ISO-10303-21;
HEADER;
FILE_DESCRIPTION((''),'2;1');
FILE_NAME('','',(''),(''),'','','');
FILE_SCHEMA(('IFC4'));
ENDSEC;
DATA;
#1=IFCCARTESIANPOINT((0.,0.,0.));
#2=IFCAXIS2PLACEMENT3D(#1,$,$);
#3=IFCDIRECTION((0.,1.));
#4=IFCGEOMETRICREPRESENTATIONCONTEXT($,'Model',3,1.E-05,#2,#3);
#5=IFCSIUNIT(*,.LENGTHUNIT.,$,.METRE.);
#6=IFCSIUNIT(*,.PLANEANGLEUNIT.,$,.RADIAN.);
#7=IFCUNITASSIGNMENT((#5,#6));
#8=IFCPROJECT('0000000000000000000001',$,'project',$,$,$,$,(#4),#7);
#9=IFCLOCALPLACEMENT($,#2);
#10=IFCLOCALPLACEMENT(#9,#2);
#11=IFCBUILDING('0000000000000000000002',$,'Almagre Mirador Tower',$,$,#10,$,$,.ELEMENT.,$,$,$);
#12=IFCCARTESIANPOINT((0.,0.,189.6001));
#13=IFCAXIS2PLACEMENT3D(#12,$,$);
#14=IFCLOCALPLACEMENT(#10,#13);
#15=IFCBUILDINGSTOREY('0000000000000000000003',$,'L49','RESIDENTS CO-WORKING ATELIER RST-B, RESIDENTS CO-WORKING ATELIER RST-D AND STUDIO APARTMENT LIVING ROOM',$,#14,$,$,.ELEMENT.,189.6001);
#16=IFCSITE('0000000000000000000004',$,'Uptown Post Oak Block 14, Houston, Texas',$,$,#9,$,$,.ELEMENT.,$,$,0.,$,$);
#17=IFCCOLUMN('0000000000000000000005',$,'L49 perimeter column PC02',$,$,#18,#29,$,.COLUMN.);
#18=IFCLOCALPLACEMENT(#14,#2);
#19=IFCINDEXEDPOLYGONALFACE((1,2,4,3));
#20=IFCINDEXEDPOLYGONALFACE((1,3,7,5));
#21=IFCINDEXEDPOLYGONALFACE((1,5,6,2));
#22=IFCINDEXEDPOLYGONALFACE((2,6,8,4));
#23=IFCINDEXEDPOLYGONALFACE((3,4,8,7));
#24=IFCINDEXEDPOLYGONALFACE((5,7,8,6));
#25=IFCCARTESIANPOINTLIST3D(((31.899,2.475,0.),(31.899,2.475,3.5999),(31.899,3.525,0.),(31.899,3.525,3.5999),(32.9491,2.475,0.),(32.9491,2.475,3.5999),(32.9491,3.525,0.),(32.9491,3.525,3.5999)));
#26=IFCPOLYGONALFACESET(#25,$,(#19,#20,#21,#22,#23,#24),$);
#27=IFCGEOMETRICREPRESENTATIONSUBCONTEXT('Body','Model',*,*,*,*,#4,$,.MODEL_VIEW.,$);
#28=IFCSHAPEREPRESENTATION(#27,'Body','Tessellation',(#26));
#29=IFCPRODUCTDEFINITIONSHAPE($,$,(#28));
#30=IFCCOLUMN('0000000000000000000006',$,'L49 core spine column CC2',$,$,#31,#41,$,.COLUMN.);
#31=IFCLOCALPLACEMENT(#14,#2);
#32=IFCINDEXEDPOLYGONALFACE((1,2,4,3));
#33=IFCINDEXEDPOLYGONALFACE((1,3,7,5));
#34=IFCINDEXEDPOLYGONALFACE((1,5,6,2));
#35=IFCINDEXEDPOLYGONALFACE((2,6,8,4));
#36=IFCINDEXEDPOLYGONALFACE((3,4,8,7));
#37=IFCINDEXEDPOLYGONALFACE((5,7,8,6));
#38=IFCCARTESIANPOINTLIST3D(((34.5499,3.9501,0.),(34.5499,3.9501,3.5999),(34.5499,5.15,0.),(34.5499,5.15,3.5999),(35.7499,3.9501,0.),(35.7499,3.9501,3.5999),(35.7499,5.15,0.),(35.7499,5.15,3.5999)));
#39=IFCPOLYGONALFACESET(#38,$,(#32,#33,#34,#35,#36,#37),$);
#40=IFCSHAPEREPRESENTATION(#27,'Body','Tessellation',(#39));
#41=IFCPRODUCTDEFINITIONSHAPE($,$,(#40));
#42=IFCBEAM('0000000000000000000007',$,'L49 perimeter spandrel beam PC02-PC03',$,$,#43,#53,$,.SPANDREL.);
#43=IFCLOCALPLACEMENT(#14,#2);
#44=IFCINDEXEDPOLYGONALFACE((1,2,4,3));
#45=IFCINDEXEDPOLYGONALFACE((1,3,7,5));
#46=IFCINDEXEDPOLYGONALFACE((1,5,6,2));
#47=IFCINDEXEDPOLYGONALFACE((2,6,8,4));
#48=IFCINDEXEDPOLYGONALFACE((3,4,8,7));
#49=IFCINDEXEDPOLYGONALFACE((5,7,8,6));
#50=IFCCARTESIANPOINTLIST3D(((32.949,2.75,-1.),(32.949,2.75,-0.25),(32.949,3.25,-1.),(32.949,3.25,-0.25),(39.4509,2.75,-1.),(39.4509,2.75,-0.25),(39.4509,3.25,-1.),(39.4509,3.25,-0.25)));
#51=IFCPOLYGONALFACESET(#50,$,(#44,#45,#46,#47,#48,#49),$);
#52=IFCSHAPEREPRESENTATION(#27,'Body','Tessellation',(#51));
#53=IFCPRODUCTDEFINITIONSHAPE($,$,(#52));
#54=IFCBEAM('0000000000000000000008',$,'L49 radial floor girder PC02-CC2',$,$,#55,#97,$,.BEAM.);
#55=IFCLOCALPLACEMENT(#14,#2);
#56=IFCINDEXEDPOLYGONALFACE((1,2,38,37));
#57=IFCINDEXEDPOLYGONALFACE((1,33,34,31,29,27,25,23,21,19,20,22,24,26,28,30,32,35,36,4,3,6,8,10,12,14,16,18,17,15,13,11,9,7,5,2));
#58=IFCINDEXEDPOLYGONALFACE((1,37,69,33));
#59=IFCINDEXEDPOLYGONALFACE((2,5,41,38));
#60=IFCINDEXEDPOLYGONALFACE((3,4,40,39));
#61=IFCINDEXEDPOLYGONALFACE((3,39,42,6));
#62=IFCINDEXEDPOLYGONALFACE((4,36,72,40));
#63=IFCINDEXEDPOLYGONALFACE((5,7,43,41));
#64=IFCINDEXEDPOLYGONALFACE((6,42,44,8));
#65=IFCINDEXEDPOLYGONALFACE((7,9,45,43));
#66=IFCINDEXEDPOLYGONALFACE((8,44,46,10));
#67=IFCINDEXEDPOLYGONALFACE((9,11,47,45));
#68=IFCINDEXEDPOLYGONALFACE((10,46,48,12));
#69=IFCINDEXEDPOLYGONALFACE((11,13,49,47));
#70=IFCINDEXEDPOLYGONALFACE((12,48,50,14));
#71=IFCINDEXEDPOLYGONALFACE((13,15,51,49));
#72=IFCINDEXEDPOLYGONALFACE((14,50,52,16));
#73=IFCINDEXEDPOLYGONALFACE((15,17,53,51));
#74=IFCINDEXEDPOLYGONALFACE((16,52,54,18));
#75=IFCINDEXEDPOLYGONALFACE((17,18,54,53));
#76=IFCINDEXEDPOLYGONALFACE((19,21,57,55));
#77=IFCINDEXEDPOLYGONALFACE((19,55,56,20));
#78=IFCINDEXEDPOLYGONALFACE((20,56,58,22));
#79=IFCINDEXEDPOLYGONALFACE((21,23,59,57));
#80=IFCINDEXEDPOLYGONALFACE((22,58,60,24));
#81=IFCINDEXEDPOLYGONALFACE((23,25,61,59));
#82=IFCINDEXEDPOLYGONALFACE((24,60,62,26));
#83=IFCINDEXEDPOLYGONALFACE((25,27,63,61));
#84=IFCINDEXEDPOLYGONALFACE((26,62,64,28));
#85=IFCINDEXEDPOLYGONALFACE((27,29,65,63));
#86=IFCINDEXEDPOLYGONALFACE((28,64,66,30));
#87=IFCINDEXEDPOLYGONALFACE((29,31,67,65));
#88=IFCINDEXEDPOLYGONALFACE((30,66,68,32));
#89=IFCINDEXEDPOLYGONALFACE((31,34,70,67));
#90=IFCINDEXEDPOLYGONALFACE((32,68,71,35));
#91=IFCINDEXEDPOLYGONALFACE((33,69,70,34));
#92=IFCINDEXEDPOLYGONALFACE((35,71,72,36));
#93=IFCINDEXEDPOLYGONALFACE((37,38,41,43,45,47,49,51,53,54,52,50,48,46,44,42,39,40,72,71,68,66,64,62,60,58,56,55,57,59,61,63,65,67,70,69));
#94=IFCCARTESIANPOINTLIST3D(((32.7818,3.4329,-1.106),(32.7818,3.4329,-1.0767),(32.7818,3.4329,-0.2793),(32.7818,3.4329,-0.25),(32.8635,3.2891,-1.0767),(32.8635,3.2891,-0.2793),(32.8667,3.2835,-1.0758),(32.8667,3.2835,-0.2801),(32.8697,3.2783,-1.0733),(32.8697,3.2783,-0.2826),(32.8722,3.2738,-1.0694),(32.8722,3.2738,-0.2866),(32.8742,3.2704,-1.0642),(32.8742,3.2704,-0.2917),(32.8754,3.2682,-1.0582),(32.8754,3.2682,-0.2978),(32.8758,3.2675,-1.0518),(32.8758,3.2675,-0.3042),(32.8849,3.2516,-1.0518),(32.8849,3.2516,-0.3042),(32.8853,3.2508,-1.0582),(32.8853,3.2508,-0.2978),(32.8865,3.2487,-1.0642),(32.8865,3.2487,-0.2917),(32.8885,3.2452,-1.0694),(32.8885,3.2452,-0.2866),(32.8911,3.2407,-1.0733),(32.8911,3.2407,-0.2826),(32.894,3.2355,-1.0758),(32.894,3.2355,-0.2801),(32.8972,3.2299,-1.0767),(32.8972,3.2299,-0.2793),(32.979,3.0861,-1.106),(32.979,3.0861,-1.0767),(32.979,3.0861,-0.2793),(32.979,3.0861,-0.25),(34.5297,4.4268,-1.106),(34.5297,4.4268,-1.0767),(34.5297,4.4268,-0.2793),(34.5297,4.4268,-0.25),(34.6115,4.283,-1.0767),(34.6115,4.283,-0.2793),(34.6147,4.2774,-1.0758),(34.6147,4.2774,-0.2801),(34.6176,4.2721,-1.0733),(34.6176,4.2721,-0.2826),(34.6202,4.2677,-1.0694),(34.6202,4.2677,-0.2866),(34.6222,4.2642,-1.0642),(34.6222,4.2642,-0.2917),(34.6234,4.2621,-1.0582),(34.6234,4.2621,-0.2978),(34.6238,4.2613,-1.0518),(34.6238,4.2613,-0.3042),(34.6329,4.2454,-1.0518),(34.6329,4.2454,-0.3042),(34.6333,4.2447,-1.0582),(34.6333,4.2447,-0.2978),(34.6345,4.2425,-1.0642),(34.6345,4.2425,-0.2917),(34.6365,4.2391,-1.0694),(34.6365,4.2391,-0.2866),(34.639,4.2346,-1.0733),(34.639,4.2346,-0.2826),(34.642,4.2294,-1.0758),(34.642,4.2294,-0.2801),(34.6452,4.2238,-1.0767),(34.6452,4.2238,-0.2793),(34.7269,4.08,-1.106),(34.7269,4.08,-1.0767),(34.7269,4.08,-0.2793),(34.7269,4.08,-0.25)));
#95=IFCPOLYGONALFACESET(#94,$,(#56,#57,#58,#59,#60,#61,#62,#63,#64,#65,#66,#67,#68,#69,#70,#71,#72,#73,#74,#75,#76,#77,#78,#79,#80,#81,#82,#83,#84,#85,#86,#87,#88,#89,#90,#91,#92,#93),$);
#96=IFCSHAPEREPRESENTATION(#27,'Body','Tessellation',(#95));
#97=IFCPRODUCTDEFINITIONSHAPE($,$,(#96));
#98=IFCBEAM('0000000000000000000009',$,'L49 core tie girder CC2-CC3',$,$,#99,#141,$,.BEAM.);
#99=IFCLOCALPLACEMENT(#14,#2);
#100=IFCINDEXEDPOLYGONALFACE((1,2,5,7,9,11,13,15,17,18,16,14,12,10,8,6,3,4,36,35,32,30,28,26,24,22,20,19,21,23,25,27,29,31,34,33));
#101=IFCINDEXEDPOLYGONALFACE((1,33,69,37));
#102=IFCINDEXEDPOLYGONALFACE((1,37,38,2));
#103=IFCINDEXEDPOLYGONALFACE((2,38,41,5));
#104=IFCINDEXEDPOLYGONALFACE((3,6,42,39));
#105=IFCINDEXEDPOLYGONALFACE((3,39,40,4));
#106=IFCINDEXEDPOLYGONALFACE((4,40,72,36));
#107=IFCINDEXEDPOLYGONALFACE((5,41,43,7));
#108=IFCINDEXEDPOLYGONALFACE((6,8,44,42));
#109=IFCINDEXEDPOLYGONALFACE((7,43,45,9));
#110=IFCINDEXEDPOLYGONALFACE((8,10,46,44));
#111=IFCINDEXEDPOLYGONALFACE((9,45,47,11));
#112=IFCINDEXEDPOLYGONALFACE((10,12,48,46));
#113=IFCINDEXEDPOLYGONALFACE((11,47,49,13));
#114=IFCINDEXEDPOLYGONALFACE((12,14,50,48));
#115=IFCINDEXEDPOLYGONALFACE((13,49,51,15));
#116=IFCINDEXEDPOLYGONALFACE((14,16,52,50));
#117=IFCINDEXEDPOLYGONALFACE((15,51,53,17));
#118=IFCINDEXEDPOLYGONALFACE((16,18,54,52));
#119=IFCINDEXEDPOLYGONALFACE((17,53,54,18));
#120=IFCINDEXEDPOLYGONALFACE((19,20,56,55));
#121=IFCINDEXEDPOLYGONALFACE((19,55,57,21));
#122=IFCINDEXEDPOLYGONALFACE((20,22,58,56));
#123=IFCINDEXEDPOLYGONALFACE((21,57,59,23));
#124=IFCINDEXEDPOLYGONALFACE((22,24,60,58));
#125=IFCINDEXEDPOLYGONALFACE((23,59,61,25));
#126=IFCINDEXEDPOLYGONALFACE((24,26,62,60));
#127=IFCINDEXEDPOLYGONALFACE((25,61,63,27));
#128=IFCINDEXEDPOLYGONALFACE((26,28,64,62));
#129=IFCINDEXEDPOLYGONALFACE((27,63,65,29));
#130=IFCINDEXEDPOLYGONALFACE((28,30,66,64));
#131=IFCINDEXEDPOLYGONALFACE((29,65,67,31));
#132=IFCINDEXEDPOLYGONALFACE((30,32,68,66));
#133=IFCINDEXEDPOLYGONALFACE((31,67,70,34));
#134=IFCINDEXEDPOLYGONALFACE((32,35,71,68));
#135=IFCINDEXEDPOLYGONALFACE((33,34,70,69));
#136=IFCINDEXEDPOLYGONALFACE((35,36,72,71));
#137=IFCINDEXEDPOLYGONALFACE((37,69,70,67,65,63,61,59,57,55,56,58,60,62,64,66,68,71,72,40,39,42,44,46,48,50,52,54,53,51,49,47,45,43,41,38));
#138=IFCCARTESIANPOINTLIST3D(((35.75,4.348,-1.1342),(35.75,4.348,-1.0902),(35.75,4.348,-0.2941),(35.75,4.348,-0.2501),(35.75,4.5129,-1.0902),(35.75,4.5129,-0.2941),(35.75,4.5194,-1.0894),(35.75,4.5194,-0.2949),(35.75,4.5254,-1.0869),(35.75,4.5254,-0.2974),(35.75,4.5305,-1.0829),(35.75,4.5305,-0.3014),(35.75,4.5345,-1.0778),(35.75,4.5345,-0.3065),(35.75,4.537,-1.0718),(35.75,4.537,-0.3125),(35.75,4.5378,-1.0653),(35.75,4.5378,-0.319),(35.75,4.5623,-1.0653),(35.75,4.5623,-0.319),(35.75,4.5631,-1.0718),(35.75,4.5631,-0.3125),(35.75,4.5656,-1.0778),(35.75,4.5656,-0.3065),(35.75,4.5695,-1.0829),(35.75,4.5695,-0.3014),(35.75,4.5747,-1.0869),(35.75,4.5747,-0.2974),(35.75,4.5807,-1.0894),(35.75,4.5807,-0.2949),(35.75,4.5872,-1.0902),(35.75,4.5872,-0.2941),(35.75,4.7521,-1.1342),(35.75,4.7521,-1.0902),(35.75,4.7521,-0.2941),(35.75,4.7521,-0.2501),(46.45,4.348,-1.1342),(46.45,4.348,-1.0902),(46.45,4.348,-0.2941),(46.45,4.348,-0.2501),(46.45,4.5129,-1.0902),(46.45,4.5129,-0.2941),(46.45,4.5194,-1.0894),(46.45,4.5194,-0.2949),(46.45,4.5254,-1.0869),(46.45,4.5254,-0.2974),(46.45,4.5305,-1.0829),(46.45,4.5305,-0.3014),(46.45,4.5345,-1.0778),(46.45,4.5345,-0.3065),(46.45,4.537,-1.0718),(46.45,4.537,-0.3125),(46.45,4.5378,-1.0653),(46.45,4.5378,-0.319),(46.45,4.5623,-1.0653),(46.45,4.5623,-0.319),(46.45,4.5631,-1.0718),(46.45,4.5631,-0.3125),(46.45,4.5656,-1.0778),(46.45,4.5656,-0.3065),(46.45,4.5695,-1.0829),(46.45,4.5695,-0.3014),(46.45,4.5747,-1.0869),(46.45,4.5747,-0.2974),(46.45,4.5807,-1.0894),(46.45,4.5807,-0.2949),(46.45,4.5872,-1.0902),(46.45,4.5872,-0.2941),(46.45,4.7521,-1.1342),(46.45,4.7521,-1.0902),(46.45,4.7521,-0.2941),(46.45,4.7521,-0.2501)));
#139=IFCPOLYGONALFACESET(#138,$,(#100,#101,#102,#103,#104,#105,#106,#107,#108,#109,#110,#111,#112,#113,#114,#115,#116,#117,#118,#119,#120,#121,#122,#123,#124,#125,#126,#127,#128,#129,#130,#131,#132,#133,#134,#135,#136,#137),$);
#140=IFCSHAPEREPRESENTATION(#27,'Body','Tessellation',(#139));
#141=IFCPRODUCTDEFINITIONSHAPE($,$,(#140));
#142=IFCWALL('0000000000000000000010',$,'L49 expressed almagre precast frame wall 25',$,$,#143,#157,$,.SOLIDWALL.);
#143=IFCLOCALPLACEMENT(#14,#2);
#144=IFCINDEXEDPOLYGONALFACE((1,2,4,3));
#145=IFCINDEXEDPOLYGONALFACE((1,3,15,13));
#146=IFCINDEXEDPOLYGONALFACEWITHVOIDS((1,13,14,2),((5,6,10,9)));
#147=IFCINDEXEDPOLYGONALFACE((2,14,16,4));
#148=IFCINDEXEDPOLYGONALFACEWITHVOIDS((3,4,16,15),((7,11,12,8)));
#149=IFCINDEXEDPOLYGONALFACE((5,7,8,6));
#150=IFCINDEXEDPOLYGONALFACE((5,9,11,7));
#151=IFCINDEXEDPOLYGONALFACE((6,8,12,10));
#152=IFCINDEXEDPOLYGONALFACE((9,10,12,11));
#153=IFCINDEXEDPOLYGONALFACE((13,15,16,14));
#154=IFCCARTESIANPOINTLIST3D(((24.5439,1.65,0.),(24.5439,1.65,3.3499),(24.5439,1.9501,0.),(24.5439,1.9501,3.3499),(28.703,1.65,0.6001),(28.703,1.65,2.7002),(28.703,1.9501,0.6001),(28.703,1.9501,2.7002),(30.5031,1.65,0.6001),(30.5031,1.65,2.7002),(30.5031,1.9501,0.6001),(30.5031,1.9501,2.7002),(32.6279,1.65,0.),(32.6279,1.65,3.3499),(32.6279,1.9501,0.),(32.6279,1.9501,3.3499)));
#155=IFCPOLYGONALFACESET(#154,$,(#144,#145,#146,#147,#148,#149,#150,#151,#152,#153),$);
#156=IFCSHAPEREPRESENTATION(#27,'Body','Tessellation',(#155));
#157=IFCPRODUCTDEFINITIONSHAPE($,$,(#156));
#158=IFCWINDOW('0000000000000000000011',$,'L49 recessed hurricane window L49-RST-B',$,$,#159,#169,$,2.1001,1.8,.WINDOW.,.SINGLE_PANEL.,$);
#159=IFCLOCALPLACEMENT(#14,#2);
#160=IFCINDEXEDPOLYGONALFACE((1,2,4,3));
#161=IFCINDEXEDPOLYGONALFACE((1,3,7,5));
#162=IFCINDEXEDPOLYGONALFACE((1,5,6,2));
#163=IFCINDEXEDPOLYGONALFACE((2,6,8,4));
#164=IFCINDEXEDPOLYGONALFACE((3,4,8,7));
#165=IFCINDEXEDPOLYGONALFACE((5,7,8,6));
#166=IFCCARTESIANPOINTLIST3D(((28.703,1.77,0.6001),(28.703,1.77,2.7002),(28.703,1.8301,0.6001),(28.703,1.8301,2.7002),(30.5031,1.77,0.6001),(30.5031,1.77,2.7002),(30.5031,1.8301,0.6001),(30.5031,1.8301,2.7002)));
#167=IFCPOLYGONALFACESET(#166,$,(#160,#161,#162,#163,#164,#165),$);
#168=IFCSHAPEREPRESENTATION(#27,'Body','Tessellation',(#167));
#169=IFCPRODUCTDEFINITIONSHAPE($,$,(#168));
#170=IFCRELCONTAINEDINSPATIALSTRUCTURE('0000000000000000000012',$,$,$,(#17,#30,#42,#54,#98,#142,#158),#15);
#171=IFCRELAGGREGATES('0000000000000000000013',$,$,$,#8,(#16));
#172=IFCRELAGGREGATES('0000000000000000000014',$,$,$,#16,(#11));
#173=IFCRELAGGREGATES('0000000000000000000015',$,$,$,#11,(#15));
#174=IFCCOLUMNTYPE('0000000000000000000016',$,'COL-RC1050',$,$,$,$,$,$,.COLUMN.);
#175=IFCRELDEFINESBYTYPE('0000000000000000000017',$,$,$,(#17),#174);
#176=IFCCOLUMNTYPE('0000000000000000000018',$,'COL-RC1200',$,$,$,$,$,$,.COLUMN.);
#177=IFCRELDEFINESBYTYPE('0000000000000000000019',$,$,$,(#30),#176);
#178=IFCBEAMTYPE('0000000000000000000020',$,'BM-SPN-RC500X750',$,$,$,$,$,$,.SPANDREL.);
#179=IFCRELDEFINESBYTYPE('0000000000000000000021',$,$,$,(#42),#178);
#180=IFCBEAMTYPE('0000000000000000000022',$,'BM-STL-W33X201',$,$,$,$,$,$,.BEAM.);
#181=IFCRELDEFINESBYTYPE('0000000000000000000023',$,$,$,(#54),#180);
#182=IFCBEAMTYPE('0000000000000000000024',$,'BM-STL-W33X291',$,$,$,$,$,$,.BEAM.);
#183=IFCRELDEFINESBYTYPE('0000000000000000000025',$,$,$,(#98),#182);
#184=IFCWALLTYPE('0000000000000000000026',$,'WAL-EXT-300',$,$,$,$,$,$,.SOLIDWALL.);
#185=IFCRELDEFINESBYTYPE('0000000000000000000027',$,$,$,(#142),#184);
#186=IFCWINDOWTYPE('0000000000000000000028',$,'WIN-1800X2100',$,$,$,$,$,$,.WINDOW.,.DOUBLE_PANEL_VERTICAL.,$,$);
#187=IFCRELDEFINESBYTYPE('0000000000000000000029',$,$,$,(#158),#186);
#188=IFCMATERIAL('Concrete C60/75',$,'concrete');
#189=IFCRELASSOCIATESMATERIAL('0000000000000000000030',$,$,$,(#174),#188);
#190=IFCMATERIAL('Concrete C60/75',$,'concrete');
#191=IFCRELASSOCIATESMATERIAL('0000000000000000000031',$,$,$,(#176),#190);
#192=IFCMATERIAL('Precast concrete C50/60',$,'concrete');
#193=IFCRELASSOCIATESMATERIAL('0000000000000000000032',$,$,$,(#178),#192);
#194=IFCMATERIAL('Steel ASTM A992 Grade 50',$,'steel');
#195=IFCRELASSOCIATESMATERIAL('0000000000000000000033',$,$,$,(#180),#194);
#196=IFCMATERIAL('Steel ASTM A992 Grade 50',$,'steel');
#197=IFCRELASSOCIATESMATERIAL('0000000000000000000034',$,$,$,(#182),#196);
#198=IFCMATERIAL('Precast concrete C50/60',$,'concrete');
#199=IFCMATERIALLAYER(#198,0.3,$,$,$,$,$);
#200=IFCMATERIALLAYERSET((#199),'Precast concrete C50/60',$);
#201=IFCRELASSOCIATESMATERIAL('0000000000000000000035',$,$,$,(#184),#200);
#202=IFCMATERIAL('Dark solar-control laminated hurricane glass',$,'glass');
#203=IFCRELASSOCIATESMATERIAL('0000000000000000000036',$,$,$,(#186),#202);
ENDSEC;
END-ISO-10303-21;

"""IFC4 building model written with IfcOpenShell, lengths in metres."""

from ifc_helpers import new_model, si_unit, direction, frame, frame_2d, origin, origin_2d, place, context, subcontext, project, spatial, rectangle, i_section, extrude, material, layer, layer_set, material_profile, profile_set, type_object, element, fill, save


model = new_model("IFC4")

# Units and contexts
model_context = context("Model", 3, precision=1e-05, world=origin(), true_north=direction((0.0, 1.0)))
body_context = subcontext(model_context, "Body", "Model", "MODEL_VIEW")
ifc_project = project(units=[si_unit("LENGTHUNIT", "METRE"), si_unit("PLANEANGLEUNIT", "RADIAN")], contexts=[model_context])

# Site, building, storey
site_placement = place(None, origin())
site = spatial("IfcSite", under=ifc_project, at=site_placement, Name="Uptown Post Oak Block 14, Houston, Texas", CompositionType="ELEMENT", RefElevation=0.0)
building_placement = place(site_placement, origin())
building = spatial("IfcBuilding", under=site, at=building_placement, Name="Almagre Mirador Tower", CompositionType="ELEMENT")
storey_placement = place(building_placement, frame((0.0, 0.0, 189.6001)))
storey = spatial("IfcBuildingStorey", under=building, at=storey_placement, Name="L49", Description="RESIDENTS CO-WORKING ATELIER RST-B, RESIDENTS CO-WORKING ATELIER RST-D AND STUDIO APARTMENT LIVING ROOM", CompositionType="ELEMENT", Elevation=189.6001)

# Columns
ifc_material_1 = material(Name="Concrete C60/75", Category="concrete")
ifc_material_profile_1 = material_profile(ifc_material_1, rectangle(XDim=1.05, YDim=1.05, at=origin_2d()), Name="RC1050X1050")
ifc_profile_set_1 = profile_set([ifc_material_profile_1], Name="Concrete C60/75")
column_type_1 = type_object("IfcColumnType", Name="COL-RC1050", PredefinedType="COLUMN", material=ifc_profile_set_1)
column_1_placement = place(storey_placement, frame((32.4241, 3.0, 0.0), z_axis=(0.0, 0.0, 1.0), x_axis=(1.0, 0.0, 0.0)))
element("IfcColumn", 1, at=column_1_placement, inside=storey, type_object=column_type_1, Name="L49 perimeter column PC02", PredefinedType="COLUMN", context=body_context, shape_type="SweptSolid", body=[
    extrude(rectangle(XDim=1.05, YDim=1.05, at=origin_2d()), origin(), (0.0, 0.0, 1.0), 3.5999),
])
ifc_material_2 = material(Name="Concrete C60/75", Category="concrete")
ifc_material_profile_2 = material_profile(ifc_material_2, rectangle(XDim=1.2, YDim=1.2, at=origin_2d()), Name="RC1200X1200")
ifc_profile_set_2 = profile_set([ifc_material_profile_2], Name="Concrete C60/75")
column_type_2 = type_object("IfcColumnType", Name="COL-RC1200", PredefinedType="COLUMN", material=ifc_profile_set_2)
column_2_placement = place(storey_placement, frame((35.1499, 4.55, 0.0), z_axis=(0.0, 0.0, 1.0), x_axis=(1.0, 0.0, 0.0)))
element("IfcColumn", 2, at=column_2_placement, inside=storey, type_object=column_type_2, Name="L49 core spine column CC2", PredefinedType="COLUMN", context=body_context, shape_type="SweptSolid", body=[
    extrude(rectangle(XDim=1.2, YDim=1.2, at=origin_2d()), origin(), (0.0, 0.0, 1.0), 3.5999),
])

# Beams
ifc_material_3 = material(Name="Precast concrete C50/60", Category="concrete")
ifc_material_profile_3 = material_profile(ifc_material_3, rectangle(XDim=0.5, YDim=0.75, at=origin_2d()), Name="RC500X750")
ifc_profile_set_3 = profile_set([ifc_material_profile_3], Name="Precast concrete C50/60")
beam_type_1 = type_object("IfcBeamType", Name="BM-SPN-RC500X750", PredefinedType="SPANDREL", material=ifc_profile_set_3)
beam_1_placement = place(storey_placement, frame((32.949, 3.0, -0.625), z_axis=(1.0, 0.0, 0.0), x_axis=(0.0, 1.0, 0.0)))
element("IfcBeam", 3, at=beam_1_placement, inside=storey, type_object=beam_type_1, Name="L49 perimeter spandrel beam PC02-PC03", PredefinedType="SPANDREL", context=body_context, shape_type="SweptSolid", body=[
    extrude(rectangle(XDim=0.5, YDim=0.75, at=origin_2d()), origin(), (0.0, 0.0, 1.0), 6.502),
])
ifc_material_4 = material(Name="Steel ASTM A992 Grade 50", Category="steel")
ifc_material_profile_4 = material_profile(ifc_material_4, i_section(OverallWidth=0.3989, OverallDepth=0.856, WebThickness=0.0183, FlangeThickness=0.0293, FilletRadius=0.0249, at=origin_2d()), Name="W33X201")
ifc_profile_set_4 = profile_set([ifc_material_profile_4], Name="Steel ASTM A992 Grade 50")
beam_type_2 = type_object("IfcBeamType", Name="BM-STL-W33X201", PredefinedType="BEAM", material=ifc_profile_set_4)
beam_2_placement = place(storey_placement, frame((32.8804, 3.2595, -0.678), z_axis=(0.86931, 0.494268, 0.0), x_axis=(-0.494268, 0.86931, 0.0)))
element("IfcBeam", 4, at=beam_2_placement, inside=storey, type_object=beam_type_2, Name="L49 radial floor girder PC02-CC2", PredefinedType="BEAM", context=body_context, shape_type="SweptSolid", body=[
    extrude(i_section(OverallWidth=0.3989, OverallDepth=0.856, WebThickness=0.0183, FlangeThickness=0.0293, FilletRadius=0.0249, at=origin_2d()), origin(), (0.0, 0.0, 1.0), 2.0107),
])
ifc_material_5 = material(Name="Steel ASTM A992 Grade 50", Category="steel")
ifc_material_profile_5 = material_profile(ifc_material_5, i_section(OverallWidth=0.4041, OverallDepth=0.884, WebThickness=0.0244, FlangeThickness=0.0439, FilletRadius=0.0249, at=origin_2d()), Name="W33X291")
ifc_profile_set_5 = profile_set([ifc_material_profile_5], Name="Steel ASTM A992 Grade 50")
beam_type_3 = type_object("IfcBeamType", Name="BM-STL-W33X291", PredefinedType="BEAM", material=ifc_profile_set_5)
beam_3_placement = place(storey_placement, frame((35.75, 4.55, -0.6921), z_axis=(1.0, 0.0, 0.0), x_axis=(0.0, 1.0, 0.0)))
element("IfcBeam", 5, at=beam_3_placement, inside=storey, type_object=beam_type_3, Name="L49 core tie girder CC2-CC3", PredefinedType="BEAM", context=body_context, shape_type="SweptSolid", body=[
    extrude(i_section(OverallWidth=0.4041, OverallDepth=0.884, WebThickness=0.0244, FlangeThickness=0.0439, FilletRadius=0.0249, at=origin_2d()), origin(), (0.0, 0.0, 1.0), 10.7),
])

# Wall, opening, window
ifc_material_6 = material(Name="Precast concrete C50/60", Category="concrete")
ifc_layer_1 = layer(ifc_material_6, 0.3)
ifc_layer_set_1 = layer_set([ifc_layer_1], Name="Precast concrete C50/60")
wall_type_1 = type_object("IfcWallType", Name="WAL-EXT-300", PredefinedType="SOLIDWALL", material=ifc_layer_set_1)
wall_1_placement = place(storey_placement, frame((32.6279, 1.8, 0.0), z_axis=(0.0, 0.0, 1.0), x_axis=(-1.0, 0.0, 0.0)))
wall_1 = element("IfcWall", 6, at=wall_1_placement, inside=storey, type_object=wall_type_1, Name="L49 expressed almagre precast frame wall 25", PredefinedType="SOLIDWALL", context=body_context, shape_type="SweptSolid", body=[
    extrude(rectangle(XDim=8.084, YDim=0.3, at=frame_2d((4.042, 0.0))), origin(), (0.0, 0.0, 1.0), 3.3499),
])
opening_1_placement = place(wall_1_placement, frame((2.125, 0.0, 0.6001)))
opening_1 = element("IfcOpeningElement", 7, at=opening_1_placement, cuts=wall_1, PredefinedType="OPENING", context=body_context, shape_type="SweptSolid", body=[
    extrude(rectangle(XDim=1.8, YDim=2.1001, at=frame_2d((0.8999, 1.05))), frame((0.0, 0.1599, 0.0), z_axis=(0.0, -1.0, 0.0), x_axis=(1.0, 0.0, 0.0)), (0.0, 0.0, 1.0), 0.32),
])
ifc_material_7 = material(Name="Dark solar-control laminated hurricane glass", Category="glass")
window_type = type_object("IfcWindowType", Name="WIN-1800X2100", PartitioningType="DOUBLE_PANEL_VERTICAL", PredefinedType="WINDOW", material=ifc_material_7)
window_placement = place(opening_1_placement, origin())
window = element("IfcWindow", 8, at=window_placement, inside=storey, type_object=window_type, Name="L49 recessed hurricane window L49-RST-B", OverallHeight=2.1001, OverallWidth=1.8, PartitioningType="SINGLE_PANEL", PredefinedType="WINDOW", context=body_context, shape_type="SweptSolid", body=[
    extrude(rectangle(XDim=1.8, YDim=2.1001, at=frame_2d((0.8999, 1.05))), frame((0.0, 0.03, 0.0), z_axis=(0.0, -1.0, 0.0), x_axis=(1.0, 0.0, 0.0)), (0.0, 0.0, 1.0), 0.0601),
])
fill(opening_1, window)

save(model, "model.ifc")
